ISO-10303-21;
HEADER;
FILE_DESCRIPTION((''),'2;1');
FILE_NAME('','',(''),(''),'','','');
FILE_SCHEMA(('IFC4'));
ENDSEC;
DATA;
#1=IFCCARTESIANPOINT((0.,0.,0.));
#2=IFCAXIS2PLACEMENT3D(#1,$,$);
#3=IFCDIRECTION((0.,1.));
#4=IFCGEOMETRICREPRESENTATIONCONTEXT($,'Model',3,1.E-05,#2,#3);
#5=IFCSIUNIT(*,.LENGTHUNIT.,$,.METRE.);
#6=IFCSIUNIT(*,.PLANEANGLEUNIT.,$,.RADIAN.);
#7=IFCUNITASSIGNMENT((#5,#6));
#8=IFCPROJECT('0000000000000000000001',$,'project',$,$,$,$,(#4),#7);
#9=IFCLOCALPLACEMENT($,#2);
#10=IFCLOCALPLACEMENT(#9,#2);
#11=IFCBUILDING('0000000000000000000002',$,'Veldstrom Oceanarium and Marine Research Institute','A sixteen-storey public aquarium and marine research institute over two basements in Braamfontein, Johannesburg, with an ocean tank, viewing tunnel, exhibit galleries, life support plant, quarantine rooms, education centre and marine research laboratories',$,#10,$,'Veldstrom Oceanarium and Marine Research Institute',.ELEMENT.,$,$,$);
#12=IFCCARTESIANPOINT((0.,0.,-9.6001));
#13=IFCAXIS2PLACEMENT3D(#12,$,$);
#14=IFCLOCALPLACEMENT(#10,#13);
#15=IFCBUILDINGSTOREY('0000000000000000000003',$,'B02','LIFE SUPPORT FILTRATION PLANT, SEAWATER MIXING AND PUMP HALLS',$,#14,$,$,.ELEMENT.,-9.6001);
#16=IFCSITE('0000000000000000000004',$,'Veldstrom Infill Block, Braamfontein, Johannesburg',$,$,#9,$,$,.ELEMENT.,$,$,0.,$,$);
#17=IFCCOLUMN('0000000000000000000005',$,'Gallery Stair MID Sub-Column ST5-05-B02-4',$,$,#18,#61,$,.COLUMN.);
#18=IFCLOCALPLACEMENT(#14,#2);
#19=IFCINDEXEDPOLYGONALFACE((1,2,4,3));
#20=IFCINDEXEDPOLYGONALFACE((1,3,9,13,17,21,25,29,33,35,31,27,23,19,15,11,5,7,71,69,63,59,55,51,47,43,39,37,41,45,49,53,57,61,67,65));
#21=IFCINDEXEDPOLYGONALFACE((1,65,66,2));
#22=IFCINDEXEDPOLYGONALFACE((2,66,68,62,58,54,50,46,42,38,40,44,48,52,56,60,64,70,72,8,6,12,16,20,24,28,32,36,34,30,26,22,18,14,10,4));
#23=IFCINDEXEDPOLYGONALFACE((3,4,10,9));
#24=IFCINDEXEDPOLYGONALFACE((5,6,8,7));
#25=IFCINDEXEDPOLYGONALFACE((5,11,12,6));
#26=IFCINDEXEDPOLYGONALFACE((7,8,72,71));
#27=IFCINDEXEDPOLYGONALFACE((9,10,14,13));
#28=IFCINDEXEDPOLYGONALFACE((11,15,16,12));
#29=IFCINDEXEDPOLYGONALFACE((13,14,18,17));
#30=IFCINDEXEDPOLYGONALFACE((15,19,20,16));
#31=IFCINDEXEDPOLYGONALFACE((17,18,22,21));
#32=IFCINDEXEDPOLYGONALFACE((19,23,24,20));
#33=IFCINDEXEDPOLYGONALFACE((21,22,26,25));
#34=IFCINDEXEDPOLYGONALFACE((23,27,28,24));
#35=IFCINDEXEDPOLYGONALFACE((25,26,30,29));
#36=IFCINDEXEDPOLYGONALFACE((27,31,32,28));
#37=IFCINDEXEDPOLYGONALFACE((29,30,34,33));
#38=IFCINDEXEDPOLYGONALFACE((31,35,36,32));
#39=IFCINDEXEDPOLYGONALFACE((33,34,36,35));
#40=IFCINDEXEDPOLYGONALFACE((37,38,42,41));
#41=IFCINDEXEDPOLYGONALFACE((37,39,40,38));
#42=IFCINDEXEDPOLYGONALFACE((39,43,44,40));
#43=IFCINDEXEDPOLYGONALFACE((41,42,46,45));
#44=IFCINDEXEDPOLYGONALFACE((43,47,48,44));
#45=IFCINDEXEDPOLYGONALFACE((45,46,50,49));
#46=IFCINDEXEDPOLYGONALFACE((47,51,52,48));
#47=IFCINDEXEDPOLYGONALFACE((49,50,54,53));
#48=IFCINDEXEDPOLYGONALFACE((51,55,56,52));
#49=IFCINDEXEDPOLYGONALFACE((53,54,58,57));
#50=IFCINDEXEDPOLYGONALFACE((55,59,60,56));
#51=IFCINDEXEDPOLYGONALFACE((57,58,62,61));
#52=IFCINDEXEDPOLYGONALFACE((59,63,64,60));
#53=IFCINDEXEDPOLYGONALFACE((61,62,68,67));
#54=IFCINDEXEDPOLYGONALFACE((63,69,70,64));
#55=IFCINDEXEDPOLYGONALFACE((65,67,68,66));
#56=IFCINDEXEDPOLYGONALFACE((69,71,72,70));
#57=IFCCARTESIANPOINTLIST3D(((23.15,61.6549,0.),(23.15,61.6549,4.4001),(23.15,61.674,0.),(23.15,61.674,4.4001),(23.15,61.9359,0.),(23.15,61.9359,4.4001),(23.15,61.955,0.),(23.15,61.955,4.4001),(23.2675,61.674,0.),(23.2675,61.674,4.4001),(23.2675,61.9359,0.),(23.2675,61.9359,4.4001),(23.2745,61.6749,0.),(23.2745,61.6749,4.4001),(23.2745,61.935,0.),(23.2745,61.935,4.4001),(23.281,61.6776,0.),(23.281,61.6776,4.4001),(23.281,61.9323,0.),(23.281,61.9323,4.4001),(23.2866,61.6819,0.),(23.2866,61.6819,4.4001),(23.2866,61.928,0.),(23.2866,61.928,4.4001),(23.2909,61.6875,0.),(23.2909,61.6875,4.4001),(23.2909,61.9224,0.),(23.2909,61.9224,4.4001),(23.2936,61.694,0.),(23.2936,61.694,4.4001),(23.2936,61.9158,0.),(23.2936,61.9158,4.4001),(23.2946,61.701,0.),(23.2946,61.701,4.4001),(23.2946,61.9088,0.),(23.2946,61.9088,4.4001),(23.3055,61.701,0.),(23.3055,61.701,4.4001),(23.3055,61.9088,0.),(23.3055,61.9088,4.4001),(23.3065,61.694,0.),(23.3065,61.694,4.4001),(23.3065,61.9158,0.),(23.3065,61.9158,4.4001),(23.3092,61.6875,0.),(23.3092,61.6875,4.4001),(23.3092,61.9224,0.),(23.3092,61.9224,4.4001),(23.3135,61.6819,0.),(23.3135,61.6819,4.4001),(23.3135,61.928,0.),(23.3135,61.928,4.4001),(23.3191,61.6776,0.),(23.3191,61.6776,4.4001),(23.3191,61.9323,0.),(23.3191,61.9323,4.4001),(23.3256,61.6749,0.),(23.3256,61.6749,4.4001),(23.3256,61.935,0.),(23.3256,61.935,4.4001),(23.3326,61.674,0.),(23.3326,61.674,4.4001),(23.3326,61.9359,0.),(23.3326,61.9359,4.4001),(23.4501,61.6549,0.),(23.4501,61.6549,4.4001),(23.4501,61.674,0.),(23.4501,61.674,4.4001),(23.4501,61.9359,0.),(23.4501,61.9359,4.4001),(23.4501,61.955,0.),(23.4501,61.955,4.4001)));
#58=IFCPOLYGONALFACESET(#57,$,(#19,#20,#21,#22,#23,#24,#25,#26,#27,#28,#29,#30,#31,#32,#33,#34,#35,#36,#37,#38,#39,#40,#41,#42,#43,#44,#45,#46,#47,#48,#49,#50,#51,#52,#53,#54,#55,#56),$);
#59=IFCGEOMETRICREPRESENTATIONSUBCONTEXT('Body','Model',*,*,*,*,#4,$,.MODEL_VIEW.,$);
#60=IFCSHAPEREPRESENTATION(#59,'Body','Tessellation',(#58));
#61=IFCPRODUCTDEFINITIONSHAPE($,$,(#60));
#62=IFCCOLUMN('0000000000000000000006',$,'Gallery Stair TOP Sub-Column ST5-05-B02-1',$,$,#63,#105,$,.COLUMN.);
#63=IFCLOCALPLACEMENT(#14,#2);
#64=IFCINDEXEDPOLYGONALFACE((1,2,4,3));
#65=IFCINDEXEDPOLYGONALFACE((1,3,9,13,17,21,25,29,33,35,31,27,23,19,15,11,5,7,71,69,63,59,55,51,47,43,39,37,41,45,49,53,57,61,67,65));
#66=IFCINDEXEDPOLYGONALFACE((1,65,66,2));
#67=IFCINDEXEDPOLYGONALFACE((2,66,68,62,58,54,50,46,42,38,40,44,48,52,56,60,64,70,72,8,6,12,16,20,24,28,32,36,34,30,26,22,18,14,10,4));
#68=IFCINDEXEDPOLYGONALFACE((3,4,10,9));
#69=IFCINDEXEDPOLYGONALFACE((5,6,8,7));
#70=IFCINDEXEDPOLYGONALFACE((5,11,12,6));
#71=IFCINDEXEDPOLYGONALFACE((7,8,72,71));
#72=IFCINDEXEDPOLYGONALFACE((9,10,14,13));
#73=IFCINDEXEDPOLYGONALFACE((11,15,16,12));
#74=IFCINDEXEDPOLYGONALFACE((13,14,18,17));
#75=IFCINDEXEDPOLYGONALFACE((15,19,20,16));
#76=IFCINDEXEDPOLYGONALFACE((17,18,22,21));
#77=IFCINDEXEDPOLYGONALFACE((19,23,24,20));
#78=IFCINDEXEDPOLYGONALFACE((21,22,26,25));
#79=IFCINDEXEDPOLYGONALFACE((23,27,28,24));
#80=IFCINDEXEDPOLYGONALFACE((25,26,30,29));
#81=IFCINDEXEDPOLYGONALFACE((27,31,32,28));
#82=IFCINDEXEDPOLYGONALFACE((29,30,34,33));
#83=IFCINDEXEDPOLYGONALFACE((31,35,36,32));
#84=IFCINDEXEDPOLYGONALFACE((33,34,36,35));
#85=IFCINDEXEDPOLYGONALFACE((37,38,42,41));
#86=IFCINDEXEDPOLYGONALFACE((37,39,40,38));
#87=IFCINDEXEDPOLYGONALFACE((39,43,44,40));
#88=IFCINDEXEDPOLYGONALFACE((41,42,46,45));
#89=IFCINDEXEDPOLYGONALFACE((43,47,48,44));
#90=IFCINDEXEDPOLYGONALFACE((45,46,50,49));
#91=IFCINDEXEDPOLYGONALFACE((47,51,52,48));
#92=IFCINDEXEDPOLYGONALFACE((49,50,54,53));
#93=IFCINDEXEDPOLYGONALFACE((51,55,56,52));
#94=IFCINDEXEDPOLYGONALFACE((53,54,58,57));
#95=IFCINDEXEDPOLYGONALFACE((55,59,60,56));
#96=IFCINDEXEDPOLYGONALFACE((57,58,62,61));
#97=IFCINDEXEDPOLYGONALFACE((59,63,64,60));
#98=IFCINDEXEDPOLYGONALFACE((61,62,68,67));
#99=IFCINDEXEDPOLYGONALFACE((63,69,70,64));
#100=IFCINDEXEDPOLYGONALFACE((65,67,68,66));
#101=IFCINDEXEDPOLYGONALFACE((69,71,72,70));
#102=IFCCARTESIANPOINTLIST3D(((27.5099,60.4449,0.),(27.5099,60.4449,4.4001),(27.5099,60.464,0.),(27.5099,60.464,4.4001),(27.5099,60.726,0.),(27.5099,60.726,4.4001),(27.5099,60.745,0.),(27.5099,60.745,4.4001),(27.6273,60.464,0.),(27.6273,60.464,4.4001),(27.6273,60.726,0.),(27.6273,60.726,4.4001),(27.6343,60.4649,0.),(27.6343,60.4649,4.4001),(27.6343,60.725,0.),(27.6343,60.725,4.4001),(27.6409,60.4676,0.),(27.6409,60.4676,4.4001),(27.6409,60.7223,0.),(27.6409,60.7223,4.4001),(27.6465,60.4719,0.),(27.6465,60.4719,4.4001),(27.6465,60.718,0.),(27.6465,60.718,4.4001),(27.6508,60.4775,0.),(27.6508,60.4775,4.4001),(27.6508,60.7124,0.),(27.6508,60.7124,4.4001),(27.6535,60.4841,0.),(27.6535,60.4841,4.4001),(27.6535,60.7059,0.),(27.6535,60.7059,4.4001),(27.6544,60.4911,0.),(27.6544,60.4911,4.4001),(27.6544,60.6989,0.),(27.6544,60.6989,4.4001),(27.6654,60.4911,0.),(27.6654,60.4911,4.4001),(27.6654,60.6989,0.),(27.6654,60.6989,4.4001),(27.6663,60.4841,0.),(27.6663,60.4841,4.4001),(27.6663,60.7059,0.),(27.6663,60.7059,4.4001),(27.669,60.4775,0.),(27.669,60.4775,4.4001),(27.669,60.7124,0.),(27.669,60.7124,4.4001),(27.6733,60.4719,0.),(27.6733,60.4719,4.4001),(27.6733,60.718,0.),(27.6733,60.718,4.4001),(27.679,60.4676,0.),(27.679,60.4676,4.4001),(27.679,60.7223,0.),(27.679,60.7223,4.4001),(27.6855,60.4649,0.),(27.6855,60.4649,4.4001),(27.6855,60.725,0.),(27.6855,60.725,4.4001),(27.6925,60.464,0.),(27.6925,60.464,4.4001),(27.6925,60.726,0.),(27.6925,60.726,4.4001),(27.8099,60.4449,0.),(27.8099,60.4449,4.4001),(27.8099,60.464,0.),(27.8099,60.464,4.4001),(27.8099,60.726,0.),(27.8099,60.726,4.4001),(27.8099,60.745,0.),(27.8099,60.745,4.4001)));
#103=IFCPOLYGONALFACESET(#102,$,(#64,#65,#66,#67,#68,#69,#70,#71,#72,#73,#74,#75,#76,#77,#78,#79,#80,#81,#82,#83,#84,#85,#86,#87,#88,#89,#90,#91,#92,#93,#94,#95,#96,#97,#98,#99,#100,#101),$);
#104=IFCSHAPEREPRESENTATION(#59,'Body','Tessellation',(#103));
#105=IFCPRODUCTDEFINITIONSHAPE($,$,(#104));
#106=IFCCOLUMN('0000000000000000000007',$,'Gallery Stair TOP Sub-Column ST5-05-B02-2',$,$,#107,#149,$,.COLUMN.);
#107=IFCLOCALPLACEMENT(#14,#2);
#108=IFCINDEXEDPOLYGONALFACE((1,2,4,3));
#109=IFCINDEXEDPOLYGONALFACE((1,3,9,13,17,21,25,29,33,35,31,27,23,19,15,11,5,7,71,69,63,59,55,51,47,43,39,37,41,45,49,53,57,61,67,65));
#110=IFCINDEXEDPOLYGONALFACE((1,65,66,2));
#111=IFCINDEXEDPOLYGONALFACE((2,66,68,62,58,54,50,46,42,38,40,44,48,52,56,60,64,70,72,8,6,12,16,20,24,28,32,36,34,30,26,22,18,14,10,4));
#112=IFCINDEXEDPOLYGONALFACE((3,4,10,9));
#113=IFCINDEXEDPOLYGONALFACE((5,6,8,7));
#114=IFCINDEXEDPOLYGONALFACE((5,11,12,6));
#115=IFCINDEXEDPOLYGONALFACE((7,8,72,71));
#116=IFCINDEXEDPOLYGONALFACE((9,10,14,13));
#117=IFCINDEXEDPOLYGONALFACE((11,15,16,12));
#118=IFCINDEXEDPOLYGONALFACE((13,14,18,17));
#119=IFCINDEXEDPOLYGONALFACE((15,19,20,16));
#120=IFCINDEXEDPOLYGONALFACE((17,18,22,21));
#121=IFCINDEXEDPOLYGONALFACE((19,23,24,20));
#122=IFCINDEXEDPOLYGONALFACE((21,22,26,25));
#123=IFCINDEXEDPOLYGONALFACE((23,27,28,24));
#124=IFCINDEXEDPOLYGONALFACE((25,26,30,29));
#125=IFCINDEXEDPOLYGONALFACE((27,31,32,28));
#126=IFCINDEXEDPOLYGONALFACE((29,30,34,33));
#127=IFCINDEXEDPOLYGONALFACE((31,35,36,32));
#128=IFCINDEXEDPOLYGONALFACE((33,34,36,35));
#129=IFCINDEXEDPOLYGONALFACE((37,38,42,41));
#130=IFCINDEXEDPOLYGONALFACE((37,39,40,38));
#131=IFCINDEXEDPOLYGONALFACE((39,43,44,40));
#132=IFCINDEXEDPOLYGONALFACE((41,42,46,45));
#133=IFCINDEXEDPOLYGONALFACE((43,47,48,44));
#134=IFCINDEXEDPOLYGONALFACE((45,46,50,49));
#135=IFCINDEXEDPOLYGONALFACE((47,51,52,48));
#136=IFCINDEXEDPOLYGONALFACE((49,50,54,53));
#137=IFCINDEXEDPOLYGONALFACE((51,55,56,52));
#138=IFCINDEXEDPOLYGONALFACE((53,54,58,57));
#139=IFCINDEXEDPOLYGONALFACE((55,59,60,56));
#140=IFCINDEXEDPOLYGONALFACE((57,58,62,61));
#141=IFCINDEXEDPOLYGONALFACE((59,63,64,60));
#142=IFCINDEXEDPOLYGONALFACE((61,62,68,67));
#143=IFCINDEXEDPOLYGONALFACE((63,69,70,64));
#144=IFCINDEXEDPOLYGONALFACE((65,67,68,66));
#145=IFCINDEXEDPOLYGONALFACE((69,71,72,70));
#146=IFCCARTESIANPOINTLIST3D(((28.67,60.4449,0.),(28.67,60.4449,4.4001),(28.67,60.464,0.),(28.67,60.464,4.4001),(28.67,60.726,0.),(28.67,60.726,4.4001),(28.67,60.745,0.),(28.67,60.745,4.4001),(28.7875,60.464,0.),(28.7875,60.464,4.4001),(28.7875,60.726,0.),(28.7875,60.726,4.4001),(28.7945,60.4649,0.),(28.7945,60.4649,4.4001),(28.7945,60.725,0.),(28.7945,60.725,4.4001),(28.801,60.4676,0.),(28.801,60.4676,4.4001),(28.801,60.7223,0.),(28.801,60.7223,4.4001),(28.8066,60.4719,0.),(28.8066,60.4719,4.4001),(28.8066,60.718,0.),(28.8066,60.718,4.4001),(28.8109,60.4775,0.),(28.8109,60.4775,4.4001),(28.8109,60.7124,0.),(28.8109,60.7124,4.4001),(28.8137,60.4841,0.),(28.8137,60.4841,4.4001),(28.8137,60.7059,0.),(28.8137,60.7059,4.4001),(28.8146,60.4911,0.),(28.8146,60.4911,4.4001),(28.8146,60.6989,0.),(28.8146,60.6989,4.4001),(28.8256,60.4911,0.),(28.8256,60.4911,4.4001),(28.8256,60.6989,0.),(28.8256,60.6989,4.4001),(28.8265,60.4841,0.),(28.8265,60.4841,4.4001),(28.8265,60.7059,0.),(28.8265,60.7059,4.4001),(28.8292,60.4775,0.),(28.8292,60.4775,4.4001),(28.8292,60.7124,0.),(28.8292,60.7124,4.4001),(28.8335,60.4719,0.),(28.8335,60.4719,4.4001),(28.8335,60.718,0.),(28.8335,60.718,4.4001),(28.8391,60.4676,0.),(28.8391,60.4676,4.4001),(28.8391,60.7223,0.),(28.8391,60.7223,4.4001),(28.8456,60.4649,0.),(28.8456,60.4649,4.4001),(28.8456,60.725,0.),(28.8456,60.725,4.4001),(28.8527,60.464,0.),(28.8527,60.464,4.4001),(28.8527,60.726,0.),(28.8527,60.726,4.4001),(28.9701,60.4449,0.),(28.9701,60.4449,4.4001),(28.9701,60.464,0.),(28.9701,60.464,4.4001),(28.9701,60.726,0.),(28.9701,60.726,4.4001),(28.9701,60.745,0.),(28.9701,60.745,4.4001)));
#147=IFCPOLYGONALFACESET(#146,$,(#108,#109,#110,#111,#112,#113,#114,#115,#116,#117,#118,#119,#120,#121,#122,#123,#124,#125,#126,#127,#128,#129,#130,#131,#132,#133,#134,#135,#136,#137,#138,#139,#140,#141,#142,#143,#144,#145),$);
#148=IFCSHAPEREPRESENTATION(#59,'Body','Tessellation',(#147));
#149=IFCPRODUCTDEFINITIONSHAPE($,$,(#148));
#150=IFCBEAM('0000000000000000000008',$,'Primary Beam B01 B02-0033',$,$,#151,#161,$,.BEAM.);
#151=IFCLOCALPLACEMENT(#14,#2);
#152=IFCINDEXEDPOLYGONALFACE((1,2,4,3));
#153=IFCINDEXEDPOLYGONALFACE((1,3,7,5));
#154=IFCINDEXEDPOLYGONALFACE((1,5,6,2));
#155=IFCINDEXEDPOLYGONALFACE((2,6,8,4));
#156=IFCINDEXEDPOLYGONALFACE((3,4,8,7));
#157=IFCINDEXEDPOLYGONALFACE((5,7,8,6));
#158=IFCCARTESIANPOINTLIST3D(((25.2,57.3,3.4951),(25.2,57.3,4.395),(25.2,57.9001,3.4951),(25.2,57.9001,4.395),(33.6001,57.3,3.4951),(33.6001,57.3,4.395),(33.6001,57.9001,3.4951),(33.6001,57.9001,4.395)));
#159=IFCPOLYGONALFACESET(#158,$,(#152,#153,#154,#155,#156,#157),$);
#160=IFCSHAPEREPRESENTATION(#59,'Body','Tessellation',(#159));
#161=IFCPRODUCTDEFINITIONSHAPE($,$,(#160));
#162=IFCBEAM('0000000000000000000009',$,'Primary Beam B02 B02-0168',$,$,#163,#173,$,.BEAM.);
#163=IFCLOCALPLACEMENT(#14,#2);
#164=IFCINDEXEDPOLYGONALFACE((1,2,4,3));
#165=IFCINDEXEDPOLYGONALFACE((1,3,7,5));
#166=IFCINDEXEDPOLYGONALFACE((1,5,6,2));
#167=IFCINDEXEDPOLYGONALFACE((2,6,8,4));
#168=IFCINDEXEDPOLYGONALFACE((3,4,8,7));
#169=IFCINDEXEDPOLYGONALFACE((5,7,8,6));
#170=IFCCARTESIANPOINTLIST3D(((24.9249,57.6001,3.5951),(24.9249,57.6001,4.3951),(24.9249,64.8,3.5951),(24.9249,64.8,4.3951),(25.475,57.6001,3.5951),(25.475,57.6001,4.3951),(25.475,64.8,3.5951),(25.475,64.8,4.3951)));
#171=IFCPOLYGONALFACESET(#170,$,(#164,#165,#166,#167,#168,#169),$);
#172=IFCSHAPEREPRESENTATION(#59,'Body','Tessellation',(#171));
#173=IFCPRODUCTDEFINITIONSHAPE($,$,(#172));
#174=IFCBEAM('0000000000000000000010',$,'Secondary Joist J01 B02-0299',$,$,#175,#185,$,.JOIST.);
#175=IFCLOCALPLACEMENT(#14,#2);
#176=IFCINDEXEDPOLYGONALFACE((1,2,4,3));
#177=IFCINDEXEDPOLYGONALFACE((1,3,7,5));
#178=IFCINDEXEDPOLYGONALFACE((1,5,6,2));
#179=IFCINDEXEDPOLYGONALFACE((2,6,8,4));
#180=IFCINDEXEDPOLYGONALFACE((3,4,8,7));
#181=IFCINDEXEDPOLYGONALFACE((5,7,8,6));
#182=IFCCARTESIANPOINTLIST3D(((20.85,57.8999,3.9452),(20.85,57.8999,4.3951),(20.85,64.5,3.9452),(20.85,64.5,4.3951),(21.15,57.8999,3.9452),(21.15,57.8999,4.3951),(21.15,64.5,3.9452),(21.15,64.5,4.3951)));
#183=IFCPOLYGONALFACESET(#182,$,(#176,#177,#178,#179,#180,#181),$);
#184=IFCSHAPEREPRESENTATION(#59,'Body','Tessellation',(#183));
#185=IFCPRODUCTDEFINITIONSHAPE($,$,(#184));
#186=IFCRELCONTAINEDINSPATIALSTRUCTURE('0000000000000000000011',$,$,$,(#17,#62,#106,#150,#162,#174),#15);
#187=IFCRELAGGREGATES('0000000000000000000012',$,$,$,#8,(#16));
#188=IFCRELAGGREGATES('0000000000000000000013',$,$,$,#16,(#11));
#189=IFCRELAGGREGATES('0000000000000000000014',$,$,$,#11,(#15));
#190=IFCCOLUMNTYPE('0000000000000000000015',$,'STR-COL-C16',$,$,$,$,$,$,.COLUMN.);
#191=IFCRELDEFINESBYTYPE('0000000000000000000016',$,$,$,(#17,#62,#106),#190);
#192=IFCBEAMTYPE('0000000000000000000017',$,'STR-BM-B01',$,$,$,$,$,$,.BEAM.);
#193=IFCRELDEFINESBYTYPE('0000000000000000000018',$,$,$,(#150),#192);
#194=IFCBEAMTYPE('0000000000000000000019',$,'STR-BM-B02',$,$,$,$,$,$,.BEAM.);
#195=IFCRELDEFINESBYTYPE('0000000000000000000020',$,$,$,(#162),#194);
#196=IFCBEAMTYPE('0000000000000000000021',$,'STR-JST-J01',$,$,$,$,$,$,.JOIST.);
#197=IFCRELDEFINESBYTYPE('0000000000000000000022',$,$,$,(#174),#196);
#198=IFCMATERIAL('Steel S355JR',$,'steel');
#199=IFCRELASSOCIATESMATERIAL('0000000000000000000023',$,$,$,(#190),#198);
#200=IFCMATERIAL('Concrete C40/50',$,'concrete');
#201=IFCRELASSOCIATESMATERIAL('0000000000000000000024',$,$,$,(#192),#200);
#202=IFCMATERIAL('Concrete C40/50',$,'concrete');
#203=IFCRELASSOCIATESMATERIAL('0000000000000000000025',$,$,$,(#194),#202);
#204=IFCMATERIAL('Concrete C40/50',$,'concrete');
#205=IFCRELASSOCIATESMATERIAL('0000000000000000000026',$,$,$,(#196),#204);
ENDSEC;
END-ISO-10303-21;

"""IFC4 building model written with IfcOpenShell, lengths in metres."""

from ifc_helpers import new_model, si_unit, direction, frame, origin, origin_2d, place, context, subcontext, project, spatial, rectangle, i_section, extrude, material, material_profile, profile_set, type_object, element, save


model = new_model("IFC4")

# Units and contexts
model_context = context("Model", 3, precision=1e-05, world=origin(), true_north=direction((0.0, 1.0)))
body_context = subcontext(model_context, "Body", "Model", "MODEL_VIEW")
ifc_project = project(units=[si_unit("LENGTHUNIT", "METRE"), si_unit("PLANEANGLEUNIT", "RADIAN")], contexts=[model_context])

# Site, building, storey
site_placement = place(None, origin())
site = spatial("IfcSite", under=ifc_project, at=site_placement, Name="Veldstrom Infill Block, Braamfontein, Johannesburg", CompositionType="ELEMENT", RefElevation=0.0)
building_placement = place(site_placement, origin())
building = spatial("IfcBuilding", under=site, at=building_placement, Name="Veldstrom Oceanarium and Marine Research Institute", Description="A sixteen-storey public aquarium and marine research institute over two basements in Braamfontein, Johannesburg, with an ocean tank, viewing tunnel, exhibit galleries, life support plant, quarantine rooms, education centre and marine research laboratories", LongName="Veldstrom Oceanarium and Marine Research Institute", CompositionType="ELEMENT")
storey_placement = place(building_placement, frame((0.0, 0.0, -9.6001)))
storey = spatial("IfcBuildingStorey", under=building, at=storey_placement, Name="B02", Description="LIFE SUPPORT FILTRATION PLANT, SEAWATER MIXING AND PUMP HALLS", CompositionType="ELEMENT", Elevation=-9.6001)

# Columns
ifc_material_1 = material(Name="Steel S355JR", Category="steel")
ifc_material_profile_1 = material_profile(ifc_material_1, i_section(OverallWidth=0.3, OverallDepth=0.3, WebThickness=0.011, FlangeThickness=0.019, FilletRadius=0.0271, at=origin_2d()), Name="HEB 300")
ifc_profile_set_1 = profile_set([ifc_material_profile_1], Name="Steel S355JR")
column_type_1 = type_object("IfcColumnType", Name="STR-COL-C16", PredefinedType="COLUMN", material=ifc_profile_set_1)
for number, where, z_axis, x_axis, name in (
    (1, (23.3, 61.8049, 0.0), (0.0, 0.0, 1.0), (1.0, 0.0, 0.0), "Gallery Stair MID Sub-Column ST5-05-B02-4"),
    (2, (27.6599, 60.595, 0.0), (0.0, 0.0, 1.0), (1.0, 0.0, 0.0), "Gallery Stair TOP Sub-Column ST5-05-B02-1"),
    (3, (28.8201, 60.595, 0.0), (0.0, 0.0, 1.0), (1.0, 0.0, 0.0), "Gallery Stair TOP Sub-Column ST5-05-B02-2"),
):
    element("IfcColumn", number, at=place(storey_placement, frame(where, z_axis=z_axis, x_axis=x_axis)), inside=storey, type_object=column_type_1, Name=name, PredefinedType="COLUMN", context=body_context, shape_type="SweptSolid", body=[
        extrude(i_section(OverallWidth=0.3, OverallDepth=0.3, WebThickness=0.011, FlangeThickness=0.019, FilletRadius=0.0271, at=origin_2d()), origin(), (0.0, 0.0, 1.0), 4.4001),
    ])

# Beams
ifc_material_2 = material(Name="Concrete C40/50", Category="concrete")
ifc_material_profile_2 = material_profile(ifc_material_2, rectangle(XDim=0.6001, YDim=0.8999, at=origin_2d()), Name="RC-BM-600x900")
ifc_profile_set_2 = profile_set([ifc_material_profile_2], Name="Concrete C40/50")
beam_type_1 = type_object("IfcBeamType", Name="STR-BM-B01", PredefinedType="BEAM", material=ifc_profile_set_2)
beam_1_placement = place(storey_placement, frame((25.2, 57.6001, 3.9451), z_axis=(1.0, 0.0, 0.0), x_axis=(0.0, 1.0, 0.0)))
element("IfcBeam", 4, at=beam_1_placement, inside=storey, type_object=beam_type_1, Name="Primary Beam B01 B02-0033", PredefinedType="BEAM", context=body_context, shape_type="SweptSolid", body=[
    extrude(rectangle(XDim=0.6001, YDim=0.8999, at=origin_2d()), origin(), (0.0, 0.0, 1.0), 8.4001),
])
ifc_material_3 = material(Name="Concrete C40/50", Category="concrete")
ifc_material_profile_3 = material_profile(ifc_material_3, rectangle(XDim=0.55, YDim=0.8, at=origin_2d()), Name="RC-BM-550x800")
ifc_profile_set_3 = profile_set([ifc_material_profile_3], Name="Concrete C40/50")
beam_type_2 = type_object("IfcBeamType", Name="STR-BM-B02", PredefinedType="BEAM", material=ifc_profile_set_3)
beam_2_placement = place(storey_placement, frame((25.2, 57.6001, 3.9951), z_axis=(0.0, 1.0, 0.0), x_axis=(-1.0, 0.0, 0.0)))
element("IfcBeam", 5, at=beam_2_placement, inside=storey, type_object=beam_type_2, Name="Primary Beam B02 B02-0168", PredefinedType="BEAM", context=body_context, shape_type="SweptSolid", body=[
    extrude(rectangle(XDim=0.55, YDim=0.8, at=origin_2d()), origin(), (0.0, 0.0, 1.0), 7.2),
])
ifc_material_4 = material(Name="Concrete C40/50", Category="concrete")
ifc_material_profile_4 = material_profile(ifc_material_4, rectangle(XDim=0.3, YDim=0.45, at=origin_2d()), Name="RC-JST-300x450")
ifc_profile_set_4 = profile_set([ifc_material_profile_4], Name="Concrete C40/50")
beam_type_3 = type_object("IfcBeamType", Name="STR-JST-J01", PredefinedType="JOIST", material=ifc_profile_set_4)
beam_3_placement = place(storey_placement, frame((21.0, 57.8999, 4.1702), z_axis=(0.0, 1.0, 0.0), x_axis=(-1.0, 0.0, 0.0)))
element("IfcBeam", 6, at=beam_3_placement, inside=storey, type_object=beam_type_3, Name="Secondary Joist J01 B02-0299", PredefinedType="JOIST", context=body_context, shape_type="SweptSolid", body=[
    extrude(rectangle(XDim=0.3, YDim=0.45, at=origin_2d()), origin(), (0.0, 0.0, 1.0), 6.6001),
])

save(model, "model.ifc")
